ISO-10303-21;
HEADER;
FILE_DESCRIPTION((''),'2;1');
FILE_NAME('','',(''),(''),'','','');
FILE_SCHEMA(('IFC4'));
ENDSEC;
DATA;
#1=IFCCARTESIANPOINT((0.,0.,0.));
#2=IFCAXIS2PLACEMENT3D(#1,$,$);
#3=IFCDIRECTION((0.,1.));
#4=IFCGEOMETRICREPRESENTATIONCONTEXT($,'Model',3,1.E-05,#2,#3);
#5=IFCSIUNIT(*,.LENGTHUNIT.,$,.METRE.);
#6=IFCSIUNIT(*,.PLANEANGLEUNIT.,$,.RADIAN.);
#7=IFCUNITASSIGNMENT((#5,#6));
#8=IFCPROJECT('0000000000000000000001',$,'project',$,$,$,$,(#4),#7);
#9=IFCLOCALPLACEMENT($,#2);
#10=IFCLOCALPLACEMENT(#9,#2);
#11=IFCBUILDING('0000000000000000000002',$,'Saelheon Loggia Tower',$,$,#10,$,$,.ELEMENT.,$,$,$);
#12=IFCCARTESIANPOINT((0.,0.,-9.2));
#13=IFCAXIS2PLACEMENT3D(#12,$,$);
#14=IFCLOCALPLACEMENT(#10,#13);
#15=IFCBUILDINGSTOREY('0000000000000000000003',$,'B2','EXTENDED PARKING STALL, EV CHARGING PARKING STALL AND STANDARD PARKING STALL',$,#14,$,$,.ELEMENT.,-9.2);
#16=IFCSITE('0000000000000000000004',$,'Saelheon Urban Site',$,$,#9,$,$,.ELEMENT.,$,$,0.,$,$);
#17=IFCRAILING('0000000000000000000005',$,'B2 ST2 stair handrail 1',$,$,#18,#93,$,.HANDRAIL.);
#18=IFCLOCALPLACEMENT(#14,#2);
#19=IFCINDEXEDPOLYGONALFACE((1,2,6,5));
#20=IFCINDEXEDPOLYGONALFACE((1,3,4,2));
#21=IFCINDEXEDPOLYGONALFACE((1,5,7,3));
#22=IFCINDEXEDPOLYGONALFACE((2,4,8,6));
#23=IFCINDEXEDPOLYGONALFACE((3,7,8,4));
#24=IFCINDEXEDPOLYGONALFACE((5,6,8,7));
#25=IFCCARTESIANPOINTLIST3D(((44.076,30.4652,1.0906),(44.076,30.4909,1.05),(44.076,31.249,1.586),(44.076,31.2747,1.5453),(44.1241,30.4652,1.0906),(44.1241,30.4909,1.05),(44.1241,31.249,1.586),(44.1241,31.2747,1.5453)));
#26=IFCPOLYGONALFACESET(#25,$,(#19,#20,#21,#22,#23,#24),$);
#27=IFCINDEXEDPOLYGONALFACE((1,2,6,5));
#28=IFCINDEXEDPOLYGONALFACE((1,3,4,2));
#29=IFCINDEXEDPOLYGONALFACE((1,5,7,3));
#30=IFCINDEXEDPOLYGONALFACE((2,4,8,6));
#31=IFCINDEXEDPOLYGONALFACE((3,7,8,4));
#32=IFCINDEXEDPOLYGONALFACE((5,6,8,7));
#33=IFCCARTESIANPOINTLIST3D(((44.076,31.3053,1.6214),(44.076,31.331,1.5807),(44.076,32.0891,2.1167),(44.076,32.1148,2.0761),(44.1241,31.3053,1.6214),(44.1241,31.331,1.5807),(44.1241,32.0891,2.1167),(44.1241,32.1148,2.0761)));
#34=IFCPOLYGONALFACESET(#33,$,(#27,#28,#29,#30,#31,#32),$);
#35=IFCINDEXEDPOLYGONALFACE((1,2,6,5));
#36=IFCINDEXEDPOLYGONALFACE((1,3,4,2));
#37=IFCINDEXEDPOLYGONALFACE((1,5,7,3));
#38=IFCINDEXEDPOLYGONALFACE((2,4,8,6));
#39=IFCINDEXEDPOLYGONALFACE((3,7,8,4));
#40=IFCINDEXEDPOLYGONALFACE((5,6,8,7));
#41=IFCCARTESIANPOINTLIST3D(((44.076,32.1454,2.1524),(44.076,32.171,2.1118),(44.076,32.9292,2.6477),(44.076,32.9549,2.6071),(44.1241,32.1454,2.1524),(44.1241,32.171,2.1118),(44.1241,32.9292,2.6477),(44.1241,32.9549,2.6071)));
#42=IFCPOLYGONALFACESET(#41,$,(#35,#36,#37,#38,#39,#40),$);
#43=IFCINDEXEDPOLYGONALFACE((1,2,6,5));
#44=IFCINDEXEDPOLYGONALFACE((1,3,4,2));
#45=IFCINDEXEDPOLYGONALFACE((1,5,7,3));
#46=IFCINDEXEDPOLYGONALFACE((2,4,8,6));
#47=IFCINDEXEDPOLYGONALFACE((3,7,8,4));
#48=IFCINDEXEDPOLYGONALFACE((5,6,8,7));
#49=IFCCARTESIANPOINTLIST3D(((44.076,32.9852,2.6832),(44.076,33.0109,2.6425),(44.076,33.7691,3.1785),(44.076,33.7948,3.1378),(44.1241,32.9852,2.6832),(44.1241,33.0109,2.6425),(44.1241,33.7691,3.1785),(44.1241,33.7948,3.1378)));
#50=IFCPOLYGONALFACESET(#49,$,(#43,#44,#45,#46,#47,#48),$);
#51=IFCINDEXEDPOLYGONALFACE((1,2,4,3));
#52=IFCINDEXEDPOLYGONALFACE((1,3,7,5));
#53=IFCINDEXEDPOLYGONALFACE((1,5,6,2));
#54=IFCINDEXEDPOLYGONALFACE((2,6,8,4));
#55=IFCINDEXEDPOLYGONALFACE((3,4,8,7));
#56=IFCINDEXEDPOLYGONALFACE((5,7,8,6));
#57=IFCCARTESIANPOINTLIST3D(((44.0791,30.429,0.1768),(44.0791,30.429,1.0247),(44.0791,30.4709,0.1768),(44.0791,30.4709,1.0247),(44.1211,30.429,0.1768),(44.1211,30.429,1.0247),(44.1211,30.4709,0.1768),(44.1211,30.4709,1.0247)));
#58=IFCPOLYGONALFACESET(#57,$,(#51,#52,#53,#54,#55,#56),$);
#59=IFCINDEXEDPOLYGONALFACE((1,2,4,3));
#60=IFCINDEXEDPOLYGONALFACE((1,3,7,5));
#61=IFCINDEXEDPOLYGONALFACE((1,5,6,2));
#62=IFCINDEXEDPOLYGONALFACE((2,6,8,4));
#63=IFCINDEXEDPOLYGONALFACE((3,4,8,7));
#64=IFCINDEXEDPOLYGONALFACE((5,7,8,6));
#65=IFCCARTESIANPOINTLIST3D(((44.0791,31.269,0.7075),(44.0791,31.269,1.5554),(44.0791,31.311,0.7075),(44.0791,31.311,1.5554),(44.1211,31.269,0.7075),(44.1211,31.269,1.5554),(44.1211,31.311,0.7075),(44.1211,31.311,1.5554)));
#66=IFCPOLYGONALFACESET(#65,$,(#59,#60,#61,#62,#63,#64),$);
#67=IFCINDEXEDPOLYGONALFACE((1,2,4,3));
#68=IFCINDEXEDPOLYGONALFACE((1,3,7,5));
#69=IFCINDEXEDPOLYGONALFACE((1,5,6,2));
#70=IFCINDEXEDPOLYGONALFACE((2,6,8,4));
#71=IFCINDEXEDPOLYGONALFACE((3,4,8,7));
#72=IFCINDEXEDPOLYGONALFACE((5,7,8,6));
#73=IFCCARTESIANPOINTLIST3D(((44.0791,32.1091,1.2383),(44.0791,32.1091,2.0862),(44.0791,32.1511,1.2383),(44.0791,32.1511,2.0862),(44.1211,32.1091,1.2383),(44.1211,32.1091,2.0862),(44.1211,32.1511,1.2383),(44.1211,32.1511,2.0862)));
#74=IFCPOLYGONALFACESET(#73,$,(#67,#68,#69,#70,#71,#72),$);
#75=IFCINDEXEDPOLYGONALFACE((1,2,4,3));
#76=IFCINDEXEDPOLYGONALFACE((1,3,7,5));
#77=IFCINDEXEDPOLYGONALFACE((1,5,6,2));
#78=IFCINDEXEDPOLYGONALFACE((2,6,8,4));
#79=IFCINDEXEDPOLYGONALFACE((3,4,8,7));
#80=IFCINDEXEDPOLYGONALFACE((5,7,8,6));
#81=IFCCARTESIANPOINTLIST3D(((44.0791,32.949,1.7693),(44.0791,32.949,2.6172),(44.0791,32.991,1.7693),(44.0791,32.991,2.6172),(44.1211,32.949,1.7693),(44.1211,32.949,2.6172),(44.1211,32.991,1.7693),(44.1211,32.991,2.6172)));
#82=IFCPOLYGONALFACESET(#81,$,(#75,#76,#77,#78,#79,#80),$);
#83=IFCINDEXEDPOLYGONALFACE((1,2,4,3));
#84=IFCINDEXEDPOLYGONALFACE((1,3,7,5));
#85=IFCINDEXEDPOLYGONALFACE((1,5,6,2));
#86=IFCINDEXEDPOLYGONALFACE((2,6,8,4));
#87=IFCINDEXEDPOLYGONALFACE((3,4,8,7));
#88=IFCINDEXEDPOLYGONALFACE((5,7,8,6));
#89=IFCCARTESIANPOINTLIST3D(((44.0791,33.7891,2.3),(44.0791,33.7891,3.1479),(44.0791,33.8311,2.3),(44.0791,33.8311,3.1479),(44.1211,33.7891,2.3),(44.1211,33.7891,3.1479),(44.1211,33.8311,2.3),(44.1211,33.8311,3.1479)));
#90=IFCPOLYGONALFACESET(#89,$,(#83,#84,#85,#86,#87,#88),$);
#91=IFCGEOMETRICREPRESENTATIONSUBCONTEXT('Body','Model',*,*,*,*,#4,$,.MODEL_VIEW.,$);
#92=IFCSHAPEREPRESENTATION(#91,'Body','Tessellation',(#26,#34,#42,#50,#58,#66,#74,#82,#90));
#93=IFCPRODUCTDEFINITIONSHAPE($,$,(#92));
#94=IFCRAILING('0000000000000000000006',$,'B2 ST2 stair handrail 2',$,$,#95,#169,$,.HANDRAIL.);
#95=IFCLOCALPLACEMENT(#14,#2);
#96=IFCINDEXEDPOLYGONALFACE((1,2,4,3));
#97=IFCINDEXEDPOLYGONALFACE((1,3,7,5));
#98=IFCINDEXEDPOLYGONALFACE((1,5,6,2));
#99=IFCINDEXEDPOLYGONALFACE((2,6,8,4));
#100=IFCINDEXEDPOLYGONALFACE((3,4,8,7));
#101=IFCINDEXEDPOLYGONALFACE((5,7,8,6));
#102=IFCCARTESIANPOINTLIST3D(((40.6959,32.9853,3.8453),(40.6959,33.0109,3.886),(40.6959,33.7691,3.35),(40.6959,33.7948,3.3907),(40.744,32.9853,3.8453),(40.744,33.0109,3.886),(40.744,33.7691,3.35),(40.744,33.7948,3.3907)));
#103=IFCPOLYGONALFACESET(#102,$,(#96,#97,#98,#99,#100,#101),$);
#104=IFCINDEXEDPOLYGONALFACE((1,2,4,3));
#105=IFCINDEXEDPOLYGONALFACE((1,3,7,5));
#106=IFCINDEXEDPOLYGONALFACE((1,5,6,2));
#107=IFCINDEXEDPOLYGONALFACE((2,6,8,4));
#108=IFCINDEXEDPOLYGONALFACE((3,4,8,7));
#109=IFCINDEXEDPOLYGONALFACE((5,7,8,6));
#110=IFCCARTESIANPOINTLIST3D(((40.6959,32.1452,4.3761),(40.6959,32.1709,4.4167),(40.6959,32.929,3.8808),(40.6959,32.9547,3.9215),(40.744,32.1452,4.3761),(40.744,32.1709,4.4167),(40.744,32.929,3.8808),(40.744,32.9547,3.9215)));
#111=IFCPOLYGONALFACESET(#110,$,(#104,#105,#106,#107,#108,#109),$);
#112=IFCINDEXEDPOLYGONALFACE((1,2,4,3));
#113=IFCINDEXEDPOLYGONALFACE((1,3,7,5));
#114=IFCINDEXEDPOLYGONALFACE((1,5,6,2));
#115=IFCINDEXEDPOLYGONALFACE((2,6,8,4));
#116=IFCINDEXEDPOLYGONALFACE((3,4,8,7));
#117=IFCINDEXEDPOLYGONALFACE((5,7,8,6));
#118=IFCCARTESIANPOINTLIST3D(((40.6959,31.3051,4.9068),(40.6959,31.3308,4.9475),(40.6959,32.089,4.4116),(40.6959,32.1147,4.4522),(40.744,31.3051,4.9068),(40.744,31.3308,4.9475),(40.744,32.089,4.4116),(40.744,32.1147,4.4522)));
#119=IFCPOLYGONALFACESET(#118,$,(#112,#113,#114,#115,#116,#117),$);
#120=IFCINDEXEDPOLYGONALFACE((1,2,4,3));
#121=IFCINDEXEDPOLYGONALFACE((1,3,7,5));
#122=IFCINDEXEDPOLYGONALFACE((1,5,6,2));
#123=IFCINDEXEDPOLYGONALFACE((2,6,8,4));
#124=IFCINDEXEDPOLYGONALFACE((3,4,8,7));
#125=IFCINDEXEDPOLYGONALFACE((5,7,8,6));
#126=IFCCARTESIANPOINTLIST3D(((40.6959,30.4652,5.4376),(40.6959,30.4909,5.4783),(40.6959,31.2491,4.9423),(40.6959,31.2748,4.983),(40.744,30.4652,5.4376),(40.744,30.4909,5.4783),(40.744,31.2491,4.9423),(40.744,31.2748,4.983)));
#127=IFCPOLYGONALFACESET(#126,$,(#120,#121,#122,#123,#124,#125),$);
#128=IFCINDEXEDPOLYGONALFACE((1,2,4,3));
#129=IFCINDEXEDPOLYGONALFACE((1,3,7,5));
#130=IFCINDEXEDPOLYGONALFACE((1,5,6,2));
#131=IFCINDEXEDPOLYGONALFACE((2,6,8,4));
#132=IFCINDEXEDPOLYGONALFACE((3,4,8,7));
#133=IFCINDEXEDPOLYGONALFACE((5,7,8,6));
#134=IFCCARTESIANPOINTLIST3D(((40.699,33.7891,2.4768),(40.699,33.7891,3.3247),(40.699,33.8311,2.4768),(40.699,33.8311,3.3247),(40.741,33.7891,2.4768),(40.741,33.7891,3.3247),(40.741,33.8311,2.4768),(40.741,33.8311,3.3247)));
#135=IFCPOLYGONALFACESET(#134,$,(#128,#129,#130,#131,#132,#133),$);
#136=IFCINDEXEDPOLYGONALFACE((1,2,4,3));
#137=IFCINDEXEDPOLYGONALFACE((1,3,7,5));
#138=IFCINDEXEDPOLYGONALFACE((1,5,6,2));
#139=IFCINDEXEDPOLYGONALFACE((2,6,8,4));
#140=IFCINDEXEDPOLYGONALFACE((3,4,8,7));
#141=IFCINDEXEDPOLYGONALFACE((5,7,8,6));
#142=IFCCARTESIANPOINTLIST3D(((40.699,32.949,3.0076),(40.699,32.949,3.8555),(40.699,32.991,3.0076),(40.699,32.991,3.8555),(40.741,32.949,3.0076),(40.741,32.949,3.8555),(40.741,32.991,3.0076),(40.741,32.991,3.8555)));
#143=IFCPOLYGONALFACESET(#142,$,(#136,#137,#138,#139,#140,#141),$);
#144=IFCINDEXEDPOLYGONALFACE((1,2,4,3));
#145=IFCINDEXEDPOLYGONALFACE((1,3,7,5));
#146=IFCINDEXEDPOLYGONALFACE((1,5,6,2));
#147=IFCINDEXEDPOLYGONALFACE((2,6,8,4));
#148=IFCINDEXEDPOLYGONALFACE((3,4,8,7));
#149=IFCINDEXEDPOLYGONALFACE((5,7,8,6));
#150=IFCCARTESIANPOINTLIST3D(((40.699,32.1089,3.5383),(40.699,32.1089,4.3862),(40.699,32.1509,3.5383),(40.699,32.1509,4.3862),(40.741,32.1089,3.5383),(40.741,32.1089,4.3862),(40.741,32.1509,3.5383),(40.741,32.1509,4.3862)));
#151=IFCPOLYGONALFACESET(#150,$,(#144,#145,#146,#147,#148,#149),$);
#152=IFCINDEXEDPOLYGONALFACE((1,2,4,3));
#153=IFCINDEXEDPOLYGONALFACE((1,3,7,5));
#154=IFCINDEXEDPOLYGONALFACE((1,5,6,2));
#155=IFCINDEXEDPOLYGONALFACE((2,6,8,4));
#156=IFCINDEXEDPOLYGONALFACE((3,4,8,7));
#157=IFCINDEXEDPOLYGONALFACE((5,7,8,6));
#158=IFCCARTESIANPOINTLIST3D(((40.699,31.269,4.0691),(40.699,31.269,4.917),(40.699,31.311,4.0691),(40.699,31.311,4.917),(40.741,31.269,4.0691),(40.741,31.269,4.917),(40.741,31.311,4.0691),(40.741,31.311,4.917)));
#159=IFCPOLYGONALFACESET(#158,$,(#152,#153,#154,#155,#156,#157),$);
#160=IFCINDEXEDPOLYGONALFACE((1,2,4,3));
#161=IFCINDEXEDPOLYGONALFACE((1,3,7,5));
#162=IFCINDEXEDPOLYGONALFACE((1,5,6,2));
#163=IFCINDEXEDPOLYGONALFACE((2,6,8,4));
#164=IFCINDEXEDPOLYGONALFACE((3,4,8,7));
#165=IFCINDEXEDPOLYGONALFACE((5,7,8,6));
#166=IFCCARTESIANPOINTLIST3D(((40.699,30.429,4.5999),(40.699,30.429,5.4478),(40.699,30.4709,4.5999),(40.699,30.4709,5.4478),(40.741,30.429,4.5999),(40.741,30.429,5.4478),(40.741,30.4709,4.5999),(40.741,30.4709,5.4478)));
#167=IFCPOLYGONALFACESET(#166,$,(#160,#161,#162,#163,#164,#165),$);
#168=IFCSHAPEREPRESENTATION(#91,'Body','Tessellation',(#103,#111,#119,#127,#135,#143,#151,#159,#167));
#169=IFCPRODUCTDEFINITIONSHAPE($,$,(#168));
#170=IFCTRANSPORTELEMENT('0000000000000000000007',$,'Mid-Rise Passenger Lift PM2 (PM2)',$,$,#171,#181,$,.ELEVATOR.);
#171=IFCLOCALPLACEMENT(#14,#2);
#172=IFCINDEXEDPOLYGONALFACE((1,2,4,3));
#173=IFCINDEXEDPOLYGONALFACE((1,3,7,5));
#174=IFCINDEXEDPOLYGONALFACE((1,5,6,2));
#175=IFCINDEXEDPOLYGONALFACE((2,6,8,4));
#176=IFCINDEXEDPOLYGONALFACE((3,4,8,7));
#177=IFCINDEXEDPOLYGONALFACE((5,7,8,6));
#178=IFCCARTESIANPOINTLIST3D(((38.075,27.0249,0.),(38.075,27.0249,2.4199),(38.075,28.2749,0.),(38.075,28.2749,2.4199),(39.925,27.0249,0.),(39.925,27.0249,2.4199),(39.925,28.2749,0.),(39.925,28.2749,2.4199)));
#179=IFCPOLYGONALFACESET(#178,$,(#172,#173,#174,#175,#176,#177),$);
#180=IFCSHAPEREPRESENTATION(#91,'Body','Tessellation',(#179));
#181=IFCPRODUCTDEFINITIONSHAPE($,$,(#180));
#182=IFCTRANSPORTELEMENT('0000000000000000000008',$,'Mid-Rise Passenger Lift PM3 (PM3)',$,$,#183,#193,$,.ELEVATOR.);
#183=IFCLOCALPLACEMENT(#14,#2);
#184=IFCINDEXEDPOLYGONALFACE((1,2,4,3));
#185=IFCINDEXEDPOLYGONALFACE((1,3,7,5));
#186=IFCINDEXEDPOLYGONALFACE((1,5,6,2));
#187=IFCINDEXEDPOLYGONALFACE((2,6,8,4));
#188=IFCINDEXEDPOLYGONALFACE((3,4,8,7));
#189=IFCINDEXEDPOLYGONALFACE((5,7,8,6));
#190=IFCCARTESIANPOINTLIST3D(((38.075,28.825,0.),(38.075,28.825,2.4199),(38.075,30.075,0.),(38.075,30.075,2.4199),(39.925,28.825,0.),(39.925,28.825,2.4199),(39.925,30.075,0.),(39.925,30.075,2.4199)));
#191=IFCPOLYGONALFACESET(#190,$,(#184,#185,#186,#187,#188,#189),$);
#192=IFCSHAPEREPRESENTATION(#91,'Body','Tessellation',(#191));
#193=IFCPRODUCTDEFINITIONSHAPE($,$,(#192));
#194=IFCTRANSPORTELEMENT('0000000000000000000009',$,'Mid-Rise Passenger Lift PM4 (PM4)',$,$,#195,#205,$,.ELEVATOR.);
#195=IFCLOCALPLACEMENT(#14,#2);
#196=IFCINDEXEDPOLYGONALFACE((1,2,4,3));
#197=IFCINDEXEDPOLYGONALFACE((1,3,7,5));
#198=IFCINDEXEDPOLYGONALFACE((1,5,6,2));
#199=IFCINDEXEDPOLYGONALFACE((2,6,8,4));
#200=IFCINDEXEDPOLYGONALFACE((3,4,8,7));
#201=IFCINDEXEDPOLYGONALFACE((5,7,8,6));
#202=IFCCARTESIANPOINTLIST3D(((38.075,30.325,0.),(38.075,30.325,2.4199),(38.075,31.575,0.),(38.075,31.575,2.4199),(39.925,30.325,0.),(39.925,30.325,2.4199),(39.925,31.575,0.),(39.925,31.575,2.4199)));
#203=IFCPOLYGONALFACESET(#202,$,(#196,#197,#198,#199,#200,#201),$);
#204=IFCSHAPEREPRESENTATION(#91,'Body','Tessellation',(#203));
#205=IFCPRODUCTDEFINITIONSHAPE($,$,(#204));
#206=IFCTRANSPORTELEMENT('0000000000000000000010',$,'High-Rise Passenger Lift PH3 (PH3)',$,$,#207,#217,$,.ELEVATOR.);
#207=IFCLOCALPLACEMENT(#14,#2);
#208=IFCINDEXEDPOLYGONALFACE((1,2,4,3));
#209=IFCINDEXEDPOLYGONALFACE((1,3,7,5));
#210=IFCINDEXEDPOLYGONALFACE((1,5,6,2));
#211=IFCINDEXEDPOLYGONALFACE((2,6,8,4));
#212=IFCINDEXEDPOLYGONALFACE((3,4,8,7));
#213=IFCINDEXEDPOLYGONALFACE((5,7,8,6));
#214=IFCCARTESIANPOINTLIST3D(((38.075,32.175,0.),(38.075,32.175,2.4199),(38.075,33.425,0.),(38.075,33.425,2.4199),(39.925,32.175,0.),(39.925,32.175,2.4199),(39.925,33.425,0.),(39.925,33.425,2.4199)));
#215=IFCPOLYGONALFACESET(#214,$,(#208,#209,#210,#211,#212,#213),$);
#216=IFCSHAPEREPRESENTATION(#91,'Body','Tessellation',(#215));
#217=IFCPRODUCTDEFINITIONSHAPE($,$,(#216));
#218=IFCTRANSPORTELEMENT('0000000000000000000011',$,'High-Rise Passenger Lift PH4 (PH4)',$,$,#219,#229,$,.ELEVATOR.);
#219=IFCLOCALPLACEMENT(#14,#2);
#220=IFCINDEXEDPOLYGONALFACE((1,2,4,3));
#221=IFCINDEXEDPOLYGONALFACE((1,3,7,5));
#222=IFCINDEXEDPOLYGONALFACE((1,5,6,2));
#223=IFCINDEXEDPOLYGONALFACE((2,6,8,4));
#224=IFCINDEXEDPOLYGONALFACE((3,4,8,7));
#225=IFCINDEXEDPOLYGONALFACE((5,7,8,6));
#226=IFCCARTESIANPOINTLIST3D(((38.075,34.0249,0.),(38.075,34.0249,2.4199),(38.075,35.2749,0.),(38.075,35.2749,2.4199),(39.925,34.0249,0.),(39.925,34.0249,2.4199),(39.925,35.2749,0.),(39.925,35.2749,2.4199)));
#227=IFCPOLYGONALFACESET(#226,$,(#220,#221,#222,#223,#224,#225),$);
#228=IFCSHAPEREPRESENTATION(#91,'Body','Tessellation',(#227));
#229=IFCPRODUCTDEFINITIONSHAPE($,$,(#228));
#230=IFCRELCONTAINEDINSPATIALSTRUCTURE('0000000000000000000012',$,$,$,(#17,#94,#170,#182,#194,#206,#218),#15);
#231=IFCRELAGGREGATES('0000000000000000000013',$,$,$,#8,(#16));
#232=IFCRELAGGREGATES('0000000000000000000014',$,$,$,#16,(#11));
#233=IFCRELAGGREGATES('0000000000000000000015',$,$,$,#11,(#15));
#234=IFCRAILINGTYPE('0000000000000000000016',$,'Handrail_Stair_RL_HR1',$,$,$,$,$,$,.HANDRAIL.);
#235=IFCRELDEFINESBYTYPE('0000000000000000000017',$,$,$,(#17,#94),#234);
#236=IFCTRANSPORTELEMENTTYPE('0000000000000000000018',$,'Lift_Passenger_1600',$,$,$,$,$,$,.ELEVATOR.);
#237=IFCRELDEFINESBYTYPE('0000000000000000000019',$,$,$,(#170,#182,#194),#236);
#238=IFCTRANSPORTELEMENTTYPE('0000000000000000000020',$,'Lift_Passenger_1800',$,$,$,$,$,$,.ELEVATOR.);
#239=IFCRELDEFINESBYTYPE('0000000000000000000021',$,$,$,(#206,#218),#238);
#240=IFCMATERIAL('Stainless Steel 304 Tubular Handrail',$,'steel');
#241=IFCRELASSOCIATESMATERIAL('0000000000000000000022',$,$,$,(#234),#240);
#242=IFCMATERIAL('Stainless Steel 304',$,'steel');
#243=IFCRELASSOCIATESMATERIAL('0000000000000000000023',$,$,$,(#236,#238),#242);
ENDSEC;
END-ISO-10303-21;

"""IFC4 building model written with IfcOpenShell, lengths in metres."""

from ifc_helpers import new_model, si_unit, direction, frame, origin, origin_2d, place, context, subcontext, project, spatial, rectangle, extrude, source, transform, mapped, material, type_object, element, save


model = new_model("IFC4")

# Units and contexts
model_context = context("Model", 3, precision=1e-05, world=origin(), true_north=direction((0.0, 1.0)))
body_context = subcontext(model_context, "Body", "Model", "MODEL_VIEW")
ifc_project = project(units=[si_unit("LENGTHUNIT", "METRE"), si_unit("PLANEANGLEUNIT", "RADIAN")], contexts=[model_context])

# Site, building, storey
site_placement = place(None, origin())
site = spatial("IfcSite", under=ifc_project, at=site_placement, Name="Saelheon Urban Site", CompositionType="ELEMENT", RefElevation=0.0)
building_placement = place(site_placement, origin())
building = spatial("IfcBuilding", under=site, at=building_placement, Name="Saelheon Loggia Tower", CompositionType="ELEMENT")
storey_placement = place(building_placement, frame((0.0, 0.0, -9.2)))
storey = spatial("IfcBuildingStorey", under=building, at=storey_placement, Name="B2", Description="EXTENDED PARKING STALL, EV CHARGING PARKING STALL AND STANDARD PARKING STALL", CompositionType="ELEMENT", Elevation=-9.2)

# Railings
ifc_material_1 = material(Name="Stainless Steel 304 Tubular Handrail", Category="steel")
railing_type_1 = type_object("IfcRailingType", Name="Handrail_Stair_RL_HR1", PredefinedType="HANDRAIL", material=ifc_material_1)
railing_1_placement = place(storey_placement, frame((44.1001, 30.45, 0.1768)))
element("IfcRailing", 1, at=railing_1_placement, inside=storey, type_object=railing_type_1, Name="B2 ST2 stair handrail 1", PredefinedType="HANDRAIL", context=body_context, shape_type="SweptSolid", body=[
    extrude(rectangle(XDim=0.0481, YDim=0.0481, at=origin_2d()), frame((0.0, 0.0281, 0.8936), z_axis=(0.0, 0.845362, 0.534194), x_axis=(-1.0, 0.0, 0.0)), (0.0, 0.0, 1.0), 0.9272),
    extrude(rectangle(XDim=0.0481, YDim=0.0481, at=origin_2d()), frame((0.0, 0.8682, 1.4243), z_axis=(0.0, 0.845362, 0.534194), x_axis=(-1.0, 0.0, 0.0)), (0.0, 0.0, 1.0), 0.9272),
    extrude(rectangle(XDim=0.0481, YDim=0.0481, at=origin_2d()), frame((0.0, 1.7083, 1.9553), z_axis=(0.0, 0.845362, 0.534194), x_axis=(-1.0, 0.0, 0.0)), (0.0, 0.0, 1.0), 0.9272),
    extrude(rectangle(XDim=0.0481, YDim=0.0481, at=origin_2d()), frame((0.0, 2.5481, 2.4861), z_axis=(0.0, 0.845362, 0.534194), x_axis=(-1.0, 0.0, 0.0)), (0.0, 0.0, 1.0), 0.9272),
    extrude(rectangle(XDim=0.042, YDim=0.042, at=origin_2d()), origin(), (0.0, 0.0, 1.0), 0.8479),
    extrude(rectangle(XDim=0.042, YDim=0.042, at=origin_2d()), frame((0.0, 0.8401, 0.5308)), (0.0, 0.0, 1.0), 0.8479),
    extrude(rectangle(XDim=0.042, YDim=0.042, at=origin_2d()), frame((0.0, 1.6802, 1.0615)), (0.0, 0.0, 1.0), 0.8479),
    extrude(rectangle(XDim=0.042, YDim=0.042, at=origin_2d()), frame((0.0, 2.52, 1.5925)), (0.0, 0.0, 1.0), 0.8479),
    extrude(rectangle(XDim=0.042, YDim=0.042, at=origin_2d()), frame((0.0, 3.3601, 2.1233)), (0.0, 0.0, 1.0), 0.8479),
])
railing_2_placement = place(storey_placement, frame((40.72, 33.8101, 2.4768)))
element("IfcRailing", 2, at=railing_2_placement, inside=storey, type_object=railing_type_1, Name="B2 ST2 stair handrail 2", PredefinedType="HANDRAIL", context=body_context, shape_type="SweptSolid", body=[
    extrude(rectangle(XDim=0.0481, YDim=0.0481, at=origin_2d()), frame((0.0, -0.0281, 0.8936), z_axis=(0.0, -0.84539, 0.53415), x_axis=(1.0, 0.0, 0.0)), (0.0, 0.0, 1.0), 0.9272),
    extrude(rectangle(XDim=0.0481, YDim=0.0481, at=origin_2d()), frame((0.0, -0.8682, 1.4243), z_axis=(0.0, -0.84539, 0.53415), x_axis=(1.0, 0.0, 0.0)), (0.0, 0.0, 1.0), 0.9272),
    extrude(rectangle(XDim=0.0481, YDim=0.0481, at=origin_2d()), frame((0.0, -1.7083, 1.9551), z_axis=(0.0, -0.84539, 0.53415), x_axis=(1.0, 0.0, 0.0)), (0.0, 0.0, 1.0), 0.9272),
    extrude(rectangle(XDim=0.0481, YDim=0.0481, at=origin_2d()), frame((0.0, -2.5481, 2.4858), z_axis=(0.0, -0.84539, 0.53415), x_axis=(1.0, 0.0, 0.0)), (0.0, 0.0, 1.0), 0.9272),
    extrude(rectangle(XDim=0.042, YDim=0.042, at=origin_2d()), origin(), (0.0, 0.0, 1.0), 0.8479),
    extrude(rectangle(XDim=0.042, YDim=0.042, at=origin_2d()), frame((0.0, -0.8401, 0.5308)), (0.0, 0.0, 1.0), 0.8479),
    extrude(rectangle(XDim=0.042, YDim=0.042, at=origin_2d()), frame((0.0, -1.6802, 1.0615)), (0.0, 0.0, 1.0), 0.8479),
    extrude(rectangle(XDim=0.042, YDim=0.042, at=origin_2d()), frame((0.0, -2.52, 1.5923)), (0.0, 0.0, 1.0), 0.8479),
    extrude(rectangle(XDim=0.042, YDim=0.042, at=origin_2d()), frame((0.0, -3.3601, 2.123)), (0.0, 0.0, 1.0), 0.8479),
])

# Transport elements
ifc_material_2 = material(Name="Stainless Steel 304", Category="steel")
transport_element_type_1 = type_object("IfcTransportElementType", Name="Lift_Passenger_1600", PredefinedType="ELEVATOR", material=ifc_material_2)
shared_shape_1 = source(origin(), body_context, "Body", "SweptSolid", [
    extrude(rectangle(XDim=1.8501, YDim=1.25, at=origin_2d()), origin(), (0.0, 0.0, 1.0), 2.4199),
])
for number, where, z_axis, x_axis, name in (
    (3, (39.0, 27.6499, 0.0), (0.0, 0.0, 1.0), (1.0, 0.0, 0.0), "Mid-Rise Passenger Lift PM2 (PM2)"),
    (4, (39.0, 29.45, 0.0), (0.0, 0.0, 1.0), (1.0, 0.0, 0.0), "Mid-Rise Passenger Lift PM3 (PM3)"),
    (5, (39.0, 30.95, 0.0), (0.0, 0.0, 1.0), (1.0, 0.0, 0.0), "Mid-Rise Passenger Lift PM4 (PM4)"),
):
    element("IfcTransportElement", number, at=place(storey_placement, frame(where, z_axis=z_axis, x_axis=x_axis)), inside=storey, type_object=transport_element_type_1, Name=name, PredefinedType="ELEVATOR", context=body_context, shape_type="MappedRepresentation", body=[
        mapped(shared_shape_1, transform((0.0, 0.0, 0.0), scale=1.0)),
    ])
transport_element_type_2 = type_object("IfcTransportElementType", Name="Lift_Passenger_1800", PredefinedType="ELEVATOR", material=ifc_material_2)
for number, where, z_axis, x_axis, name in (
    (6, (39.0, 32.8, 0.0), (0.0, 0.0, 1.0), (1.0, 0.0, 0.0), "High-Rise Passenger Lift PH3 (PH3)"),
    (7, (39.0, 34.6499, 0.0), (0.0, 0.0, 1.0), (1.0, 0.0, 0.0), "High-Rise Passenger Lift PH4 (PH4)"),
):
    element("IfcTransportElement", number, at=place(storey_placement, frame(where, z_axis=z_axis, x_axis=x_axis)), inside=storey, type_object=transport_element_type_2, Name=name, PredefinedType="ELEVATOR", context=body_context, shape_type="MappedRepresentation", body=[
        mapped(shared_shape_1, transform((0.0, 0.0, 0.0), scale=1.0)),
    ])

save(model, "model.ifc")
